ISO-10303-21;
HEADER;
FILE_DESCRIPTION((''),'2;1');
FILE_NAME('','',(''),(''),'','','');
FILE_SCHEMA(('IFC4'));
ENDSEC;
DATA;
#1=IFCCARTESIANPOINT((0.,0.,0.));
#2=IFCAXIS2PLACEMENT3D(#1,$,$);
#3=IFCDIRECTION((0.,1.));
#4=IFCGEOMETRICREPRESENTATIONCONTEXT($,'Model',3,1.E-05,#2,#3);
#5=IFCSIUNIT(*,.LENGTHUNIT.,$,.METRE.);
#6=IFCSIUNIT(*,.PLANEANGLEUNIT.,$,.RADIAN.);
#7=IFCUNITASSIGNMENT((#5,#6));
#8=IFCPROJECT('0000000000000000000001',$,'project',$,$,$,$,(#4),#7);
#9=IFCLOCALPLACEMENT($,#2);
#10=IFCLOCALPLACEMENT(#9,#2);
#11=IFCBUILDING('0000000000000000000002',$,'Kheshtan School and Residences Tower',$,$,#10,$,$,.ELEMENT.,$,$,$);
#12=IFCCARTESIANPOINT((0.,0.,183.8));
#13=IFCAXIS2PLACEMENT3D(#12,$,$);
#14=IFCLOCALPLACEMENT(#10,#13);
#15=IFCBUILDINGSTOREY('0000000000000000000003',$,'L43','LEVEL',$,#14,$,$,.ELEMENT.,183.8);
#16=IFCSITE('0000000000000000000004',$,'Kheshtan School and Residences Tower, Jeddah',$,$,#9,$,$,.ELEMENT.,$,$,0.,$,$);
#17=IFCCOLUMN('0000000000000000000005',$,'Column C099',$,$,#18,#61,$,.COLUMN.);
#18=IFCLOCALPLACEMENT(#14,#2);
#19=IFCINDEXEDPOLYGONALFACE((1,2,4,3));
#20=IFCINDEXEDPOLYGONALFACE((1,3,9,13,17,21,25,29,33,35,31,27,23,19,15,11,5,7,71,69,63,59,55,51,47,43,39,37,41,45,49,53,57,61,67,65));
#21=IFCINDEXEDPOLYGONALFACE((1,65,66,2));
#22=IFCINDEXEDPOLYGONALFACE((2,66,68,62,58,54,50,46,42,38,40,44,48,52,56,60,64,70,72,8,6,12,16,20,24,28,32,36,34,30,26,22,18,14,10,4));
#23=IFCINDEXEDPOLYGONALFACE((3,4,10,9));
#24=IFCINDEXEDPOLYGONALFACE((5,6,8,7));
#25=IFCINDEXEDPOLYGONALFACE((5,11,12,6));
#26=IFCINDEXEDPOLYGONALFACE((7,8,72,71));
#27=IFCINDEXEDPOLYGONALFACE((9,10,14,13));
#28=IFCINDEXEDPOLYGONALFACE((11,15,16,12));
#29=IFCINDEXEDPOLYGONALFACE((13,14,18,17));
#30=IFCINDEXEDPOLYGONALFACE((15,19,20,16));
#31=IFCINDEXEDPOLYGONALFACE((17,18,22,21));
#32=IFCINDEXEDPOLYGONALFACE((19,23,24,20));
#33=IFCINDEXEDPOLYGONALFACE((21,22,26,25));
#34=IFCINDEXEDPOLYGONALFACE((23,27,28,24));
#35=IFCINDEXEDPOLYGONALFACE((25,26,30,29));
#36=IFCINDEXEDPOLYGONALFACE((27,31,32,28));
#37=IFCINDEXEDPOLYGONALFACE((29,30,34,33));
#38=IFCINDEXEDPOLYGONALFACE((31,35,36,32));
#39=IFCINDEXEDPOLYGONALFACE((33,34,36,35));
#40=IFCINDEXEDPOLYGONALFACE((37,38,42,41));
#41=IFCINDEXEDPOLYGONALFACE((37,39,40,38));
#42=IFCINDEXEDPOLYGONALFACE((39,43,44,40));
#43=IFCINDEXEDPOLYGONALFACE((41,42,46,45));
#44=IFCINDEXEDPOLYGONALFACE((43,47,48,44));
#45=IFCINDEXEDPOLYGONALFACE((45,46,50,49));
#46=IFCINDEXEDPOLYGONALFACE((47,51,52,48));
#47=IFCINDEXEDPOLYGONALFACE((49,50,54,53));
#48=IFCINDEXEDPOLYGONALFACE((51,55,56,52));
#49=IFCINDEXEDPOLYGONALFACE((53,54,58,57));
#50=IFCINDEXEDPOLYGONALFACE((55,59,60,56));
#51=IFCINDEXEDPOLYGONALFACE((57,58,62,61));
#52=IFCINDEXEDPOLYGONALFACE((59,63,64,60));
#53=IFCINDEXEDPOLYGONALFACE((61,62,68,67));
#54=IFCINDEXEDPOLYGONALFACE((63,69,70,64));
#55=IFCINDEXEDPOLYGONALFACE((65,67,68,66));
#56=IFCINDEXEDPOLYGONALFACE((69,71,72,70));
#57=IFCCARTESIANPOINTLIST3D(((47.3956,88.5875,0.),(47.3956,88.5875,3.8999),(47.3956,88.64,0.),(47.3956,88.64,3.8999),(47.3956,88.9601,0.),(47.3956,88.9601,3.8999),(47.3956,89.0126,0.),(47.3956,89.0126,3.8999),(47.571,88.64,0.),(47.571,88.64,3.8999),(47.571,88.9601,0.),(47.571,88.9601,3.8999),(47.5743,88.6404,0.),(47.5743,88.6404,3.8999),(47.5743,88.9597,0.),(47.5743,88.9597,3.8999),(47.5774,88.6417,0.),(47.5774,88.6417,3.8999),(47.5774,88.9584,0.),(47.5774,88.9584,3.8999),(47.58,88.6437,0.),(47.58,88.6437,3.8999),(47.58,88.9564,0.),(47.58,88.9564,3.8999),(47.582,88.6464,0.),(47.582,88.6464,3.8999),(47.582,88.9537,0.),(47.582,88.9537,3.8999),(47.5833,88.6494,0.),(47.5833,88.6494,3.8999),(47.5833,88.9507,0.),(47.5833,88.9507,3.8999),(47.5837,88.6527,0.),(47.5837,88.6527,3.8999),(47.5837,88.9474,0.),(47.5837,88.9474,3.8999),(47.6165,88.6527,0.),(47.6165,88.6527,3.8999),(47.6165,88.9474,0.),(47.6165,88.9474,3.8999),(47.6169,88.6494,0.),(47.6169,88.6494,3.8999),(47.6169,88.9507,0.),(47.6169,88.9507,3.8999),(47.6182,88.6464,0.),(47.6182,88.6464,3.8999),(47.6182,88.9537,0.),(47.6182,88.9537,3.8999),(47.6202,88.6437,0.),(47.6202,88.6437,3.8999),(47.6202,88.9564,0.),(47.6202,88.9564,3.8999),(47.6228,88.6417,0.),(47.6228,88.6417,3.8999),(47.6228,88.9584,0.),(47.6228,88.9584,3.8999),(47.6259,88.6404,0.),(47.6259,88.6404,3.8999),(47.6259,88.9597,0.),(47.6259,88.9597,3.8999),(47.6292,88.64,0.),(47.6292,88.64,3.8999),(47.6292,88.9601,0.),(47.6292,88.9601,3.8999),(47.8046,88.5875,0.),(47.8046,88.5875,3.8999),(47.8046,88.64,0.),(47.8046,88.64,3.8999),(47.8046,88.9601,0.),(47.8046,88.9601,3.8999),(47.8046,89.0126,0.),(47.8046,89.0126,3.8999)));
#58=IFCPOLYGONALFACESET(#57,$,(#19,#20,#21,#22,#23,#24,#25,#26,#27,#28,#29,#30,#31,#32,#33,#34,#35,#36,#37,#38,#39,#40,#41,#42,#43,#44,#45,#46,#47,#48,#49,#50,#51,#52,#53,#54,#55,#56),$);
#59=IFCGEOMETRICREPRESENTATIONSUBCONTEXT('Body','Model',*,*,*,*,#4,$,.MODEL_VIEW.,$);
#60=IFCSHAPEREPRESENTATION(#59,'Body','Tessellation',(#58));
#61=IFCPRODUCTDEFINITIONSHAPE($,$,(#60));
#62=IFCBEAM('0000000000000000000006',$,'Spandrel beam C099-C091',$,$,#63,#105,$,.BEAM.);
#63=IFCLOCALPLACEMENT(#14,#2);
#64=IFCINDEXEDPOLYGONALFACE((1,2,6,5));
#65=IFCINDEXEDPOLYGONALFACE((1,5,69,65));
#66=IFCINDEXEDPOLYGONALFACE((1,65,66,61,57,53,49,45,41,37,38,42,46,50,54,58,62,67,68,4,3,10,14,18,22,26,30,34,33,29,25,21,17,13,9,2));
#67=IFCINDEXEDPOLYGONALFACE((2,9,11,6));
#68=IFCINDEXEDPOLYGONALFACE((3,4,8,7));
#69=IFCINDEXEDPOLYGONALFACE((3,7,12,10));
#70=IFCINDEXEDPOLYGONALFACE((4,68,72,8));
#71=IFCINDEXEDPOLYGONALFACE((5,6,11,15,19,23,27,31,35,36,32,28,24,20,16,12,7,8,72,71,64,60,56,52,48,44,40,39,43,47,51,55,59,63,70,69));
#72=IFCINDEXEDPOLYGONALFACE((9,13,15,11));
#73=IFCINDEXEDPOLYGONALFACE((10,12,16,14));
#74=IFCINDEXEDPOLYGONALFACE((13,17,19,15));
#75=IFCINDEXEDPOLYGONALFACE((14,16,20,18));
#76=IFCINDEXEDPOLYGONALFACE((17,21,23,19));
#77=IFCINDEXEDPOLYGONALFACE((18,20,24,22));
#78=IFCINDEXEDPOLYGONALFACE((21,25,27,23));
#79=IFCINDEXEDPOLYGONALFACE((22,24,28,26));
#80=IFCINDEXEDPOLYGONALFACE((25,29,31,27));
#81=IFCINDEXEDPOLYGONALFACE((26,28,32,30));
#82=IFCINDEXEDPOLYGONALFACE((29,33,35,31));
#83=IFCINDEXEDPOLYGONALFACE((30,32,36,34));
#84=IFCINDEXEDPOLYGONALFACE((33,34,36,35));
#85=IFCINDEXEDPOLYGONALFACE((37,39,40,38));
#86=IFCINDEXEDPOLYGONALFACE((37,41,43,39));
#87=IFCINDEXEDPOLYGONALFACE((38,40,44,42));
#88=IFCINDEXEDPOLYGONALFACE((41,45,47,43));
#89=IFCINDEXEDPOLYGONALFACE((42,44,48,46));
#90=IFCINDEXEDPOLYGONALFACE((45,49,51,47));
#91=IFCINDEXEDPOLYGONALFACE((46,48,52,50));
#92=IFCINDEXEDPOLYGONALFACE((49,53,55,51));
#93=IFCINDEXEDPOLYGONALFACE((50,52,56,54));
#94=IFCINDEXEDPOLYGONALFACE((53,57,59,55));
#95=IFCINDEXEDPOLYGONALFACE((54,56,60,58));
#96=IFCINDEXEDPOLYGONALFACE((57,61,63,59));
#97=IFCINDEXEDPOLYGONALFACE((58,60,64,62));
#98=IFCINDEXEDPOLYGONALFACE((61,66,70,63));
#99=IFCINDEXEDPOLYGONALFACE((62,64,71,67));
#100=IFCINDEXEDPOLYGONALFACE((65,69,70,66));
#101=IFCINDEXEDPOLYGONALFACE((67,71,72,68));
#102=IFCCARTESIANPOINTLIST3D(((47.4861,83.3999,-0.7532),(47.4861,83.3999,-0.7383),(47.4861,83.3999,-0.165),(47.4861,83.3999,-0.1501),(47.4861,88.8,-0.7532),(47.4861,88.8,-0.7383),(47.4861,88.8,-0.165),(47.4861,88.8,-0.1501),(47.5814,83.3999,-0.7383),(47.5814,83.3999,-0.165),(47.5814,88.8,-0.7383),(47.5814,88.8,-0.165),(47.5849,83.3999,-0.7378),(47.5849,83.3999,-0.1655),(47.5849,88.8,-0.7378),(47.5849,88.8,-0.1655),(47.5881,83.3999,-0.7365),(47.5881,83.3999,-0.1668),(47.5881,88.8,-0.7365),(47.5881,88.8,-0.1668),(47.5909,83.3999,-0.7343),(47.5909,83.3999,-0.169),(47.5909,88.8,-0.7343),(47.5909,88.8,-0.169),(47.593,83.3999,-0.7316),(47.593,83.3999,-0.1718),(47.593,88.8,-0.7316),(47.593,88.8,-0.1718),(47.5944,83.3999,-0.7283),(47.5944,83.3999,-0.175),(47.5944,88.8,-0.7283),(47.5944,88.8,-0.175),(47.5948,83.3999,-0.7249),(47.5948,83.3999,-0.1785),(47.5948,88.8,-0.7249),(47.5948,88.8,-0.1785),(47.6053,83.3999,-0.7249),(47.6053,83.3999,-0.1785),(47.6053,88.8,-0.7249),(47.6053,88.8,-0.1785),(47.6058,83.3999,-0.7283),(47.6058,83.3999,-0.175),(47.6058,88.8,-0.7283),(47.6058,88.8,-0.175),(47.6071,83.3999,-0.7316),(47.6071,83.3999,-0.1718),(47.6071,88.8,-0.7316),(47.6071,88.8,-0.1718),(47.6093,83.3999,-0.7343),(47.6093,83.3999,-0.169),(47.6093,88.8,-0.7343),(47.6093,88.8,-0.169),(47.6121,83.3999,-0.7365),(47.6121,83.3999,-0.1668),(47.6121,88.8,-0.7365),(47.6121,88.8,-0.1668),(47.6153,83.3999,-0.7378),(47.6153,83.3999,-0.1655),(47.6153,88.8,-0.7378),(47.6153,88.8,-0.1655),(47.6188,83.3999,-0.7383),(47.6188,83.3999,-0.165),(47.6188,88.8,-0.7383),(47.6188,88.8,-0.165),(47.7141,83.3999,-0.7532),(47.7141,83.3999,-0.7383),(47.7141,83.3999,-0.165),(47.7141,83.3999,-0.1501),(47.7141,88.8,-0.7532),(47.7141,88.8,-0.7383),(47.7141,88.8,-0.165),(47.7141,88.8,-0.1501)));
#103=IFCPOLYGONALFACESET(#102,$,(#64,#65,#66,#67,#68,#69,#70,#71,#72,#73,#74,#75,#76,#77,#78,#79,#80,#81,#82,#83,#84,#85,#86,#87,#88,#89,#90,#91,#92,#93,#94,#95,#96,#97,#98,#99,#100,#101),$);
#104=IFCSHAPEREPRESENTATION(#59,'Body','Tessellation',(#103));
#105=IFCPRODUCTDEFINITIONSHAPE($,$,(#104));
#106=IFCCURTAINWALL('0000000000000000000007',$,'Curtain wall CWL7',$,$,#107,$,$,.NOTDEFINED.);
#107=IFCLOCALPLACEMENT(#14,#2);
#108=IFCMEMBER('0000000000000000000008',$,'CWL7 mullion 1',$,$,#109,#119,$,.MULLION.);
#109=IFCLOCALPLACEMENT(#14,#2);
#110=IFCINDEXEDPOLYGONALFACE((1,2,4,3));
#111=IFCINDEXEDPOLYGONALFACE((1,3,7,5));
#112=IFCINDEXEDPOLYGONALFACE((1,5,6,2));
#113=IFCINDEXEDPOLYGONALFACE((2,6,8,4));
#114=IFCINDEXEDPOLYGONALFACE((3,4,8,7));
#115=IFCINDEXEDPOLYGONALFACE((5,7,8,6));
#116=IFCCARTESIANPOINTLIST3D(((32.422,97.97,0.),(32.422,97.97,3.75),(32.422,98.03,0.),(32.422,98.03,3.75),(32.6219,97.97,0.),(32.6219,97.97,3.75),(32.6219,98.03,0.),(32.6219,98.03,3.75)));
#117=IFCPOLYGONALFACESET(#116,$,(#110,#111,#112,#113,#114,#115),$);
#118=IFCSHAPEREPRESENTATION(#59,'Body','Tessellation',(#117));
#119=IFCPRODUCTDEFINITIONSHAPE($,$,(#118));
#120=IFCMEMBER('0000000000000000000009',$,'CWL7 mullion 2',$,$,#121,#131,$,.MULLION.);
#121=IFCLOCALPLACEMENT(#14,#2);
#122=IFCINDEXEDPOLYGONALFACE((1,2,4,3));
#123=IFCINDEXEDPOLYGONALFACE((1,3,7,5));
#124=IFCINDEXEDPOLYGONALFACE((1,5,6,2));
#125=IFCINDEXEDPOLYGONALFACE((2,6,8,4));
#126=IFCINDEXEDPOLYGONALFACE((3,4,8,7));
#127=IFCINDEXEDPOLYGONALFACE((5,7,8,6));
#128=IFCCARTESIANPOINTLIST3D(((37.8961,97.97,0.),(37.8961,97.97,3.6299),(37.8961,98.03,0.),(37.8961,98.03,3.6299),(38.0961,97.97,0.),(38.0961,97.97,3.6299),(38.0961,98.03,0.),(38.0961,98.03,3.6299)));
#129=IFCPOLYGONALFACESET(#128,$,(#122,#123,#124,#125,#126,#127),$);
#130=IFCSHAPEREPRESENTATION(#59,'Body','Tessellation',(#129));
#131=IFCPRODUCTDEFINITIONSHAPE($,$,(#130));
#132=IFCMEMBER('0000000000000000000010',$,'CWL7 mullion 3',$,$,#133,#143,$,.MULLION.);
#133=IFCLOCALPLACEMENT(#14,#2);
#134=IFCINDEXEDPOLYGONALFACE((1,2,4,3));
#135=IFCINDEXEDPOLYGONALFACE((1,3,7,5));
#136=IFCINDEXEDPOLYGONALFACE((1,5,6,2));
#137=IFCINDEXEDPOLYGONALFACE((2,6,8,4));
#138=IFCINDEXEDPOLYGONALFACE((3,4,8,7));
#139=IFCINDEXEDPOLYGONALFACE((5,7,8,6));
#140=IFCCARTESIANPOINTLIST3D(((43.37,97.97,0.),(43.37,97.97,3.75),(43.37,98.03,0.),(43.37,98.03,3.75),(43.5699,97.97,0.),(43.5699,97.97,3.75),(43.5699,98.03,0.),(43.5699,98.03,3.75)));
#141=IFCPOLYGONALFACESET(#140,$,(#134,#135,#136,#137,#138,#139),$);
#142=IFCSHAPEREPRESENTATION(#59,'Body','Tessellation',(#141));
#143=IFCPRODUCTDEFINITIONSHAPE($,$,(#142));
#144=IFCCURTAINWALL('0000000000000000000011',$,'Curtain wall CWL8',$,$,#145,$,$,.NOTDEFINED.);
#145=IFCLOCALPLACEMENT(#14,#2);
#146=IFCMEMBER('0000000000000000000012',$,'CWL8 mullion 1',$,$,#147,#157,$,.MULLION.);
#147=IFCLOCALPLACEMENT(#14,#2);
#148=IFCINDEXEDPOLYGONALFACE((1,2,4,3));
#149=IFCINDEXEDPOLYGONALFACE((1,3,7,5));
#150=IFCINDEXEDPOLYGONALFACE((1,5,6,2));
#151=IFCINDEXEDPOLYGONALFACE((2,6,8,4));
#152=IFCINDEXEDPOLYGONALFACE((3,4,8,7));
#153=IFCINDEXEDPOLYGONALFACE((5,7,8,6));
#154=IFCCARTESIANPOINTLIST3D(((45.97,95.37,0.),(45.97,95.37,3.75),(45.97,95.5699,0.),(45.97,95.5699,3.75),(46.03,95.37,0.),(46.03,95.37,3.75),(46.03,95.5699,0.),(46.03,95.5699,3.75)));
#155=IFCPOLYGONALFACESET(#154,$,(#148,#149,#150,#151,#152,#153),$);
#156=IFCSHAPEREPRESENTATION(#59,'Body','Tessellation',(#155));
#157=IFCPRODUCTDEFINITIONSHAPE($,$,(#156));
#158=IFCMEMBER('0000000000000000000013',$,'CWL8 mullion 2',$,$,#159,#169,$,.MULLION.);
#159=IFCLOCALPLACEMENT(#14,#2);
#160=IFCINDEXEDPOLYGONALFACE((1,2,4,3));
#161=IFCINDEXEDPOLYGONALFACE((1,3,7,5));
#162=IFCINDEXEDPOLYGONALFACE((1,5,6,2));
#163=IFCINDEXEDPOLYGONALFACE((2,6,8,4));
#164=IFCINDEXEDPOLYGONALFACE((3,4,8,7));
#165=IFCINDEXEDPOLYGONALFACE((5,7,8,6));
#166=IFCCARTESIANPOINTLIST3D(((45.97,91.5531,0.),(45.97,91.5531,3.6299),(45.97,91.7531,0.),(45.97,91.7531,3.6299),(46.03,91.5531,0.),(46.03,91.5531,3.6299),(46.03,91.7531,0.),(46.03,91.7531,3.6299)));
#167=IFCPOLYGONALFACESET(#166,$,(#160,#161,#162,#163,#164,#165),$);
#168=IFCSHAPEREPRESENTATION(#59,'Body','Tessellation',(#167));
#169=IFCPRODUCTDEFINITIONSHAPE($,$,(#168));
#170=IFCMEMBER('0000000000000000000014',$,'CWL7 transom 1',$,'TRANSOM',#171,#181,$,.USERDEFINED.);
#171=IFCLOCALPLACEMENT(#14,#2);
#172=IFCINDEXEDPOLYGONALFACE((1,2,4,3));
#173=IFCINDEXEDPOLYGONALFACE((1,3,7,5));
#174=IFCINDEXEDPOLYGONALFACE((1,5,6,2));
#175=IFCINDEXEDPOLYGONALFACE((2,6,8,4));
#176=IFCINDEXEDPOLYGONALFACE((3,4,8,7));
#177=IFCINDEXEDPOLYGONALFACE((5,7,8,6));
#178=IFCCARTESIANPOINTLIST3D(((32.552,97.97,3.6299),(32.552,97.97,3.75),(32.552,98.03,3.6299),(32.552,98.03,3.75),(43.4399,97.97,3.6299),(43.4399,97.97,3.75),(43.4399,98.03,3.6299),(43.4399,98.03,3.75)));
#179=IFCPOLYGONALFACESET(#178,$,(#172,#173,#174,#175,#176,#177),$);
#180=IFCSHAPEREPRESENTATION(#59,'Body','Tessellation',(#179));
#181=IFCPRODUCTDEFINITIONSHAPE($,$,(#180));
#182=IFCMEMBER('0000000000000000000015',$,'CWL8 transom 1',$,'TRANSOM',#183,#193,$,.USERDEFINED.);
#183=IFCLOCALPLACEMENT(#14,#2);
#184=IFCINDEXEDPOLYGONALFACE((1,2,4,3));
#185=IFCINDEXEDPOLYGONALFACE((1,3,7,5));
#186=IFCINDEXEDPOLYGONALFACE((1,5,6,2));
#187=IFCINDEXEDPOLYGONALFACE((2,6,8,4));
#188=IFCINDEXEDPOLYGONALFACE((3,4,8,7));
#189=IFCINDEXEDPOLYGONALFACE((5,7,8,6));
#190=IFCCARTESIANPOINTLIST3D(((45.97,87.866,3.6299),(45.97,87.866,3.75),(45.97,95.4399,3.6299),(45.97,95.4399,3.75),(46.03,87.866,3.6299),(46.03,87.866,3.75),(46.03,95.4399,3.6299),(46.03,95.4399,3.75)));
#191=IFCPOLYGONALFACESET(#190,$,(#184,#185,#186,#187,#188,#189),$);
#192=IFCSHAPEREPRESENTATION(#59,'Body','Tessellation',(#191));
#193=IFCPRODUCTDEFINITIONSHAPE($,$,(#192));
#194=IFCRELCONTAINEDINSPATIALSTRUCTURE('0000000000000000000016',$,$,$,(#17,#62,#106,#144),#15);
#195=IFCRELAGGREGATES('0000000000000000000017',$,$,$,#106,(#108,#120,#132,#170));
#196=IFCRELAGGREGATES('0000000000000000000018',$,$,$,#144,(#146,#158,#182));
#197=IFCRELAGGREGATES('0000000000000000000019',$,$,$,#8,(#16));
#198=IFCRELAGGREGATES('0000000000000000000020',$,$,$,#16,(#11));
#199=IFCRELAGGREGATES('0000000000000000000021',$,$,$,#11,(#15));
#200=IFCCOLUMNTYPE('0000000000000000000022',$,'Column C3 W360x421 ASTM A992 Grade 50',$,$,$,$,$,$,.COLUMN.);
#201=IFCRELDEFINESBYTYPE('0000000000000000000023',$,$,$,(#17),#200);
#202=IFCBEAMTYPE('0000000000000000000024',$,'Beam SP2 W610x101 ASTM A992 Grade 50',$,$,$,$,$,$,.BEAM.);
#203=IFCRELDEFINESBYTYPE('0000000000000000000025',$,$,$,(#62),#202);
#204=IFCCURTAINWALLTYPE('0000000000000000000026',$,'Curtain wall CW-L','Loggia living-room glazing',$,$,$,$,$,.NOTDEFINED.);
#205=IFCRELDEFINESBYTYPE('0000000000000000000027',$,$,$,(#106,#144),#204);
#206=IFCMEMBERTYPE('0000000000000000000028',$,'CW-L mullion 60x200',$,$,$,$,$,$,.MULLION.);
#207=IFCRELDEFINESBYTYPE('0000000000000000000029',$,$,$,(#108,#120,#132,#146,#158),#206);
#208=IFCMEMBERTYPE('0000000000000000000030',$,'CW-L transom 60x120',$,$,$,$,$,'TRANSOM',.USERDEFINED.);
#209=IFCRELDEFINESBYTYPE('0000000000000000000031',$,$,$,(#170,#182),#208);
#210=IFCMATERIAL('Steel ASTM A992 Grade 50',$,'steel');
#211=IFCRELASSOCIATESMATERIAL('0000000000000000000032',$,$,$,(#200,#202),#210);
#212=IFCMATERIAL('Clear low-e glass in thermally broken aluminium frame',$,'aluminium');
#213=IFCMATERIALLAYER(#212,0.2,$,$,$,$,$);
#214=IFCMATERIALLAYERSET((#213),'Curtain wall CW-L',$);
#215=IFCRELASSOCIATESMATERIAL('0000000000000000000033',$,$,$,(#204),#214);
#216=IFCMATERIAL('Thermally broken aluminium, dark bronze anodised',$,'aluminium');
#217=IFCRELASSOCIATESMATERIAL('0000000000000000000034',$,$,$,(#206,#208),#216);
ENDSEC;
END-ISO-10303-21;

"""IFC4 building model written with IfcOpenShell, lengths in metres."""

from ifc_helpers import new_model, si_unit, direction, frame, origin, origin_2d, place, context, subcontext, project, spatial, rectangle, i_section, extrude, material, layer, layer_set, material_profile, profile_set, type_object, element, aggregate, save


model = new_model("IFC4")

# Units and contexts
model_context = context("Model", 3, precision=1e-05, world=origin(), true_north=direction((0.0, 1.0)))
body_context = subcontext(model_context, "Body", "Model", "MODEL_VIEW")
ifc_project = project(units=[si_unit("LENGTHUNIT", "METRE"), si_unit("PLANEANGLEUNIT", "RADIAN")], contexts=[model_context])

# Site, building, storey
site_placement = place(None, origin())
site = spatial("IfcSite", under=ifc_project, at=site_placement, Name="Kheshtan School and Residences Tower, Jeddah", CompositionType="ELEMENT", RefElevation=0.0)
building_placement = place(site_placement, origin())
building = spatial("IfcBuilding", under=site, at=building_placement, Name="Kheshtan School and Residences Tower", CompositionType="ELEMENT")
storey_placement = place(building_placement, frame((0.0, 0.0, 183.8)))
storey = spatial("IfcBuildingStorey", under=building, at=storey_placement, Name="L43", Description="LEVEL", CompositionType="ELEMENT", Elevation=183.8)

# Column
ifc_material_1 = material(Name="Steel ASTM A992 Grade 50", Category="steel")
ifc_material_profile_1 = material_profile(ifc_material_1, i_section(OverallWidth=0.4089, OverallDepth=0.425, WebThickness=0.0327, FlangeThickness=0.0525, FilletRadius=0.0127, at=origin_2d()), Name="W360x421")
ifc_profile_set_1 = profile_set([ifc_material_profile_1], Name="Steel ASTM A992 Grade 50")
column_type = type_object("IfcColumnType", Name="Column C3 W360x421 ASTM A992 Grade 50", PredefinedType="COLUMN", material=ifc_profile_set_1)
column_placement = place(storey_placement, frame((47.6001, 88.8, 0.0), z_axis=(0.0, 0.0, 1.0), x_axis=(1.0, 0.0, 0.0)))
element("IfcColumn", 1, at=column_placement, inside=storey, type_object=column_type, Name="Column C099", PredefinedType="COLUMN", context=body_context, shape_type="SweptSolid", body=[
    extrude(i_section(OverallWidth=0.4089, OverallDepth=0.425, WebThickness=0.0327, FlangeThickness=0.0525, FilletRadius=0.0127, at=origin_2d()), origin(), (0.0, 0.0, 1.0), 3.8999),
])

# Beam
ifc_material_profile_2 = material_profile(ifc_material_1, i_section(OverallWidth=0.228, OverallDepth=0.603, WebThickness=0.0105, FlangeThickness=0.0149, FilletRadius=0.0134, at=origin_2d()), Name="W610x101")
ifc_profile_set_2 = profile_set([ifc_material_profile_2], Name="Steel ASTM A992 Grade 50")
beam_type = type_object("IfcBeamType", Name="Beam SP2 W610x101 ASTM A992 Grade 50", PredefinedType="BEAM", material=ifc_profile_set_2)
beam_placement = place(storey_placement, frame((47.6001, 88.8, -0.4517), z_axis=(0.0, -1.0, 0.0), x_axis=(1.0, 0.0, 0.0)))
element("IfcBeam", 2, at=beam_placement, inside=storey, type_object=beam_type, Name="Spandrel beam C099-C091", PredefinedType="BEAM", context=body_context, shape_type="SweptSolid", body=[
    extrude(i_section(OverallWidth=0.228, OverallDepth=0.603, WebThickness=0.0105, FlangeThickness=0.0149, FilletRadius=0.0134, at=origin_2d()), origin(), (0.0, 0.0, 1.0), 5.4001),
])

# Curtain walls, members
ifc_material_2 = material(Name="Clear low-e glass in thermally broken aluminium frame", Category="aluminium")
ifc_layer_1 = layer(ifc_material_2, 0.2)
ifc_layer_set_1 = layer_set([ifc_layer_1], Name="Curtain wall CW-L")
curtain_wall_type = type_object("IfcCurtainWallType", Name="Curtain wall CW-L", Description="Loggia living-room glazing", PredefinedType="NOTDEFINED", material=ifc_layer_set_1)
curtain_wall_1_placement = place(storey_placement, origin())
curtain_wall_1 = element("IfcCurtainWall", 3, at=curtain_wall_1_placement, inside=storey, type_object=curtain_wall_type, Name="Curtain wall CWL7", PredefinedType="NOTDEFINED")
ifc_material_3 = material(Name="Thermally broken aluminium, dark bronze anodised", Category="aluminium")
ifc_material_profile_3 = material_profile(ifc_material_3, rectangle(XDim=0.0601, YDim=0.2, at=origin_2d()), Name="CW-L mullion 60x200")
ifc_profile_set_3 = profile_set([ifc_material_profile_3], Name="Thermally broken aluminium, dark bronze anodised")
member_type_1 = type_object("IfcMemberType", Name="CW-L mullion 60x200", PredefinedType="MULLION", material=ifc_profile_set_3)
member_1_placement = place(storey_placement, frame((32.522, 98.0, 0.0), z_axis=(0.0, 0.0, 1.0), x_axis=(0.0, 1.0, 0.0)))
member_1 = element("IfcMember", 4, at=member_1_placement, type_object=member_type_1, Name="CWL7 mullion 1", PredefinedType="MULLION", context=body_context, shape_type="SweptSolid", body=[
    extrude(rectangle(XDim=0.0601, YDim=0.2, at=origin_2d()), origin(), (0.0, 0.0, 1.0), 3.75),
])
member_2_placement = place(storey_placement, frame((37.9961, 98.0, 0.0), z_axis=(0.0, 0.0, 1.0), x_axis=(0.0, 1.0, 0.0)))
member_2 = element("IfcMember", 5, at=member_2_placement, type_object=member_type_1, Name="CWL7 mullion 2", PredefinedType="MULLION", context=body_context, shape_type="SweptSolid", body=[
    extrude(rectangle(XDim=0.0601, YDim=0.2, at=origin_2d()), origin(), (0.0, 0.0, 1.0), 3.6299),
])
member_3_placement = place(storey_placement, frame((43.47, 98.0, 0.0), z_axis=(0.0, 0.0, 1.0), x_axis=(0.0, 1.0, 0.0)))
member_3 = element("IfcMember", 6, at=member_3_placement, type_object=member_type_1, Name="CWL7 mullion 3", PredefinedType="MULLION", context=body_context, shape_type="SweptSolid", body=[
    extrude(rectangle(XDim=0.0601, YDim=0.2, at=origin_2d()), origin(), (0.0, 0.0, 1.0), 3.75),
])
curtain_wall_2_placement = place(storey_placement, origin())
curtain_wall_2 = element("IfcCurtainWall", 7, at=curtain_wall_2_placement, inside=storey, type_object=curtain_wall_type, Name="Curtain wall CWL8", PredefinedType="NOTDEFINED")
member_4_placement = place(storey_placement, frame((46.0, 95.47, 0.0), z_axis=(0.0, 0.0, 1.0), x_axis=(1.0, 0.0, 0.0)))
member_4 = element("IfcMember", 8, at=member_4_placement, type_object=member_type_1, Name="CWL8 mullion 1", PredefinedType="MULLION", context=body_context, shape_type="SweptSolid", body=[
    extrude(rectangle(XDim=0.0601, YDim=0.2, at=origin_2d()), origin(), (0.0, 0.0, 1.0), 3.75),
])
member_5_placement = place(storey_placement, frame((46.0, 91.6531, 0.0), z_axis=(0.0, 0.0, 1.0), x_axis=(1.0, 0.0, 0.0)))
member_5 = element("IfcMember", 9, at=member_5_placement, type_object=member_type_1, Name="CWL8 mullion 2", PredefinedType="MULLION", context=body_context, shape_type="SweptSolid", body=[
    extrude(rectangle(XDim=0.0601, YDim=0.2, at=origin_2d()), origin(), (0.0, 0.0, 1.0), 3.6299),
])

# Members
ifc_material_profile_4 = material_profile(ifc_material_3, rectangle(XDim=0.0601, YDim=0.1201, at=origin_2d()), Name="CW-L transom 60x120")
ifc_profile_set_4 = profile_set([ifc_material_profile_4], Name="Thermally broken aluminium, dark bronze anodised")
member_type_2 = type_object("IfcMemberType", Name="CW-L transom 60x120", ElementType="TRANSOM", PredefinedType="USERDEFINED", material=ifc_profile_set_4)
member_6_placement = place(storey_placement, frame((32.552, 98.0, 3.6899), z_axis=(1.0, 0.0, 0.0), x_axis=(0.0, 1.0, 0.0)))
member_6 = element("IfcMember", 10, at=member_6_placement, type_object=member_type_2, Name="CWL7 transom 1", ObjectType="TRANSOM", PredefinedType="USERDEFINED", context=body_context, shape_type="SweptSolid", body=[
    extrude(rectangle(XDim=0.0601, YDim=0.1201, at=origin_2d()), origin(), (0.0, 0.0, 1.0), 10.8879),
])
member_7_placement = place(storey_placement, frame((46.0, 95.4399, 3.6899), z_axis=(0.0, -1.0, 0.0), x_axis=(1.0, 0.0, 0.0)))
member_7 = element("IfcMember", 11, at=member_7_placement, type_object=member_type_2, Name="CWL8 transom 1", ObjectType="TRANSOM", PredefinedType="USERDEFINED", context=body_context, shape_type="SweptSolid", body=[
    extrude(rectangle(XDim=0.0601, YDim=0.1201, at=origin_2d()), origin(), (0.0, 0.0, 1.0), 7.574),
])

aggregate(curtain_wall_1, [member_1, member_2, member_3, member_6])
aggregate(curtain_wall_2, [member_4, member_5, member_7])

save(model, "model.ifc")
